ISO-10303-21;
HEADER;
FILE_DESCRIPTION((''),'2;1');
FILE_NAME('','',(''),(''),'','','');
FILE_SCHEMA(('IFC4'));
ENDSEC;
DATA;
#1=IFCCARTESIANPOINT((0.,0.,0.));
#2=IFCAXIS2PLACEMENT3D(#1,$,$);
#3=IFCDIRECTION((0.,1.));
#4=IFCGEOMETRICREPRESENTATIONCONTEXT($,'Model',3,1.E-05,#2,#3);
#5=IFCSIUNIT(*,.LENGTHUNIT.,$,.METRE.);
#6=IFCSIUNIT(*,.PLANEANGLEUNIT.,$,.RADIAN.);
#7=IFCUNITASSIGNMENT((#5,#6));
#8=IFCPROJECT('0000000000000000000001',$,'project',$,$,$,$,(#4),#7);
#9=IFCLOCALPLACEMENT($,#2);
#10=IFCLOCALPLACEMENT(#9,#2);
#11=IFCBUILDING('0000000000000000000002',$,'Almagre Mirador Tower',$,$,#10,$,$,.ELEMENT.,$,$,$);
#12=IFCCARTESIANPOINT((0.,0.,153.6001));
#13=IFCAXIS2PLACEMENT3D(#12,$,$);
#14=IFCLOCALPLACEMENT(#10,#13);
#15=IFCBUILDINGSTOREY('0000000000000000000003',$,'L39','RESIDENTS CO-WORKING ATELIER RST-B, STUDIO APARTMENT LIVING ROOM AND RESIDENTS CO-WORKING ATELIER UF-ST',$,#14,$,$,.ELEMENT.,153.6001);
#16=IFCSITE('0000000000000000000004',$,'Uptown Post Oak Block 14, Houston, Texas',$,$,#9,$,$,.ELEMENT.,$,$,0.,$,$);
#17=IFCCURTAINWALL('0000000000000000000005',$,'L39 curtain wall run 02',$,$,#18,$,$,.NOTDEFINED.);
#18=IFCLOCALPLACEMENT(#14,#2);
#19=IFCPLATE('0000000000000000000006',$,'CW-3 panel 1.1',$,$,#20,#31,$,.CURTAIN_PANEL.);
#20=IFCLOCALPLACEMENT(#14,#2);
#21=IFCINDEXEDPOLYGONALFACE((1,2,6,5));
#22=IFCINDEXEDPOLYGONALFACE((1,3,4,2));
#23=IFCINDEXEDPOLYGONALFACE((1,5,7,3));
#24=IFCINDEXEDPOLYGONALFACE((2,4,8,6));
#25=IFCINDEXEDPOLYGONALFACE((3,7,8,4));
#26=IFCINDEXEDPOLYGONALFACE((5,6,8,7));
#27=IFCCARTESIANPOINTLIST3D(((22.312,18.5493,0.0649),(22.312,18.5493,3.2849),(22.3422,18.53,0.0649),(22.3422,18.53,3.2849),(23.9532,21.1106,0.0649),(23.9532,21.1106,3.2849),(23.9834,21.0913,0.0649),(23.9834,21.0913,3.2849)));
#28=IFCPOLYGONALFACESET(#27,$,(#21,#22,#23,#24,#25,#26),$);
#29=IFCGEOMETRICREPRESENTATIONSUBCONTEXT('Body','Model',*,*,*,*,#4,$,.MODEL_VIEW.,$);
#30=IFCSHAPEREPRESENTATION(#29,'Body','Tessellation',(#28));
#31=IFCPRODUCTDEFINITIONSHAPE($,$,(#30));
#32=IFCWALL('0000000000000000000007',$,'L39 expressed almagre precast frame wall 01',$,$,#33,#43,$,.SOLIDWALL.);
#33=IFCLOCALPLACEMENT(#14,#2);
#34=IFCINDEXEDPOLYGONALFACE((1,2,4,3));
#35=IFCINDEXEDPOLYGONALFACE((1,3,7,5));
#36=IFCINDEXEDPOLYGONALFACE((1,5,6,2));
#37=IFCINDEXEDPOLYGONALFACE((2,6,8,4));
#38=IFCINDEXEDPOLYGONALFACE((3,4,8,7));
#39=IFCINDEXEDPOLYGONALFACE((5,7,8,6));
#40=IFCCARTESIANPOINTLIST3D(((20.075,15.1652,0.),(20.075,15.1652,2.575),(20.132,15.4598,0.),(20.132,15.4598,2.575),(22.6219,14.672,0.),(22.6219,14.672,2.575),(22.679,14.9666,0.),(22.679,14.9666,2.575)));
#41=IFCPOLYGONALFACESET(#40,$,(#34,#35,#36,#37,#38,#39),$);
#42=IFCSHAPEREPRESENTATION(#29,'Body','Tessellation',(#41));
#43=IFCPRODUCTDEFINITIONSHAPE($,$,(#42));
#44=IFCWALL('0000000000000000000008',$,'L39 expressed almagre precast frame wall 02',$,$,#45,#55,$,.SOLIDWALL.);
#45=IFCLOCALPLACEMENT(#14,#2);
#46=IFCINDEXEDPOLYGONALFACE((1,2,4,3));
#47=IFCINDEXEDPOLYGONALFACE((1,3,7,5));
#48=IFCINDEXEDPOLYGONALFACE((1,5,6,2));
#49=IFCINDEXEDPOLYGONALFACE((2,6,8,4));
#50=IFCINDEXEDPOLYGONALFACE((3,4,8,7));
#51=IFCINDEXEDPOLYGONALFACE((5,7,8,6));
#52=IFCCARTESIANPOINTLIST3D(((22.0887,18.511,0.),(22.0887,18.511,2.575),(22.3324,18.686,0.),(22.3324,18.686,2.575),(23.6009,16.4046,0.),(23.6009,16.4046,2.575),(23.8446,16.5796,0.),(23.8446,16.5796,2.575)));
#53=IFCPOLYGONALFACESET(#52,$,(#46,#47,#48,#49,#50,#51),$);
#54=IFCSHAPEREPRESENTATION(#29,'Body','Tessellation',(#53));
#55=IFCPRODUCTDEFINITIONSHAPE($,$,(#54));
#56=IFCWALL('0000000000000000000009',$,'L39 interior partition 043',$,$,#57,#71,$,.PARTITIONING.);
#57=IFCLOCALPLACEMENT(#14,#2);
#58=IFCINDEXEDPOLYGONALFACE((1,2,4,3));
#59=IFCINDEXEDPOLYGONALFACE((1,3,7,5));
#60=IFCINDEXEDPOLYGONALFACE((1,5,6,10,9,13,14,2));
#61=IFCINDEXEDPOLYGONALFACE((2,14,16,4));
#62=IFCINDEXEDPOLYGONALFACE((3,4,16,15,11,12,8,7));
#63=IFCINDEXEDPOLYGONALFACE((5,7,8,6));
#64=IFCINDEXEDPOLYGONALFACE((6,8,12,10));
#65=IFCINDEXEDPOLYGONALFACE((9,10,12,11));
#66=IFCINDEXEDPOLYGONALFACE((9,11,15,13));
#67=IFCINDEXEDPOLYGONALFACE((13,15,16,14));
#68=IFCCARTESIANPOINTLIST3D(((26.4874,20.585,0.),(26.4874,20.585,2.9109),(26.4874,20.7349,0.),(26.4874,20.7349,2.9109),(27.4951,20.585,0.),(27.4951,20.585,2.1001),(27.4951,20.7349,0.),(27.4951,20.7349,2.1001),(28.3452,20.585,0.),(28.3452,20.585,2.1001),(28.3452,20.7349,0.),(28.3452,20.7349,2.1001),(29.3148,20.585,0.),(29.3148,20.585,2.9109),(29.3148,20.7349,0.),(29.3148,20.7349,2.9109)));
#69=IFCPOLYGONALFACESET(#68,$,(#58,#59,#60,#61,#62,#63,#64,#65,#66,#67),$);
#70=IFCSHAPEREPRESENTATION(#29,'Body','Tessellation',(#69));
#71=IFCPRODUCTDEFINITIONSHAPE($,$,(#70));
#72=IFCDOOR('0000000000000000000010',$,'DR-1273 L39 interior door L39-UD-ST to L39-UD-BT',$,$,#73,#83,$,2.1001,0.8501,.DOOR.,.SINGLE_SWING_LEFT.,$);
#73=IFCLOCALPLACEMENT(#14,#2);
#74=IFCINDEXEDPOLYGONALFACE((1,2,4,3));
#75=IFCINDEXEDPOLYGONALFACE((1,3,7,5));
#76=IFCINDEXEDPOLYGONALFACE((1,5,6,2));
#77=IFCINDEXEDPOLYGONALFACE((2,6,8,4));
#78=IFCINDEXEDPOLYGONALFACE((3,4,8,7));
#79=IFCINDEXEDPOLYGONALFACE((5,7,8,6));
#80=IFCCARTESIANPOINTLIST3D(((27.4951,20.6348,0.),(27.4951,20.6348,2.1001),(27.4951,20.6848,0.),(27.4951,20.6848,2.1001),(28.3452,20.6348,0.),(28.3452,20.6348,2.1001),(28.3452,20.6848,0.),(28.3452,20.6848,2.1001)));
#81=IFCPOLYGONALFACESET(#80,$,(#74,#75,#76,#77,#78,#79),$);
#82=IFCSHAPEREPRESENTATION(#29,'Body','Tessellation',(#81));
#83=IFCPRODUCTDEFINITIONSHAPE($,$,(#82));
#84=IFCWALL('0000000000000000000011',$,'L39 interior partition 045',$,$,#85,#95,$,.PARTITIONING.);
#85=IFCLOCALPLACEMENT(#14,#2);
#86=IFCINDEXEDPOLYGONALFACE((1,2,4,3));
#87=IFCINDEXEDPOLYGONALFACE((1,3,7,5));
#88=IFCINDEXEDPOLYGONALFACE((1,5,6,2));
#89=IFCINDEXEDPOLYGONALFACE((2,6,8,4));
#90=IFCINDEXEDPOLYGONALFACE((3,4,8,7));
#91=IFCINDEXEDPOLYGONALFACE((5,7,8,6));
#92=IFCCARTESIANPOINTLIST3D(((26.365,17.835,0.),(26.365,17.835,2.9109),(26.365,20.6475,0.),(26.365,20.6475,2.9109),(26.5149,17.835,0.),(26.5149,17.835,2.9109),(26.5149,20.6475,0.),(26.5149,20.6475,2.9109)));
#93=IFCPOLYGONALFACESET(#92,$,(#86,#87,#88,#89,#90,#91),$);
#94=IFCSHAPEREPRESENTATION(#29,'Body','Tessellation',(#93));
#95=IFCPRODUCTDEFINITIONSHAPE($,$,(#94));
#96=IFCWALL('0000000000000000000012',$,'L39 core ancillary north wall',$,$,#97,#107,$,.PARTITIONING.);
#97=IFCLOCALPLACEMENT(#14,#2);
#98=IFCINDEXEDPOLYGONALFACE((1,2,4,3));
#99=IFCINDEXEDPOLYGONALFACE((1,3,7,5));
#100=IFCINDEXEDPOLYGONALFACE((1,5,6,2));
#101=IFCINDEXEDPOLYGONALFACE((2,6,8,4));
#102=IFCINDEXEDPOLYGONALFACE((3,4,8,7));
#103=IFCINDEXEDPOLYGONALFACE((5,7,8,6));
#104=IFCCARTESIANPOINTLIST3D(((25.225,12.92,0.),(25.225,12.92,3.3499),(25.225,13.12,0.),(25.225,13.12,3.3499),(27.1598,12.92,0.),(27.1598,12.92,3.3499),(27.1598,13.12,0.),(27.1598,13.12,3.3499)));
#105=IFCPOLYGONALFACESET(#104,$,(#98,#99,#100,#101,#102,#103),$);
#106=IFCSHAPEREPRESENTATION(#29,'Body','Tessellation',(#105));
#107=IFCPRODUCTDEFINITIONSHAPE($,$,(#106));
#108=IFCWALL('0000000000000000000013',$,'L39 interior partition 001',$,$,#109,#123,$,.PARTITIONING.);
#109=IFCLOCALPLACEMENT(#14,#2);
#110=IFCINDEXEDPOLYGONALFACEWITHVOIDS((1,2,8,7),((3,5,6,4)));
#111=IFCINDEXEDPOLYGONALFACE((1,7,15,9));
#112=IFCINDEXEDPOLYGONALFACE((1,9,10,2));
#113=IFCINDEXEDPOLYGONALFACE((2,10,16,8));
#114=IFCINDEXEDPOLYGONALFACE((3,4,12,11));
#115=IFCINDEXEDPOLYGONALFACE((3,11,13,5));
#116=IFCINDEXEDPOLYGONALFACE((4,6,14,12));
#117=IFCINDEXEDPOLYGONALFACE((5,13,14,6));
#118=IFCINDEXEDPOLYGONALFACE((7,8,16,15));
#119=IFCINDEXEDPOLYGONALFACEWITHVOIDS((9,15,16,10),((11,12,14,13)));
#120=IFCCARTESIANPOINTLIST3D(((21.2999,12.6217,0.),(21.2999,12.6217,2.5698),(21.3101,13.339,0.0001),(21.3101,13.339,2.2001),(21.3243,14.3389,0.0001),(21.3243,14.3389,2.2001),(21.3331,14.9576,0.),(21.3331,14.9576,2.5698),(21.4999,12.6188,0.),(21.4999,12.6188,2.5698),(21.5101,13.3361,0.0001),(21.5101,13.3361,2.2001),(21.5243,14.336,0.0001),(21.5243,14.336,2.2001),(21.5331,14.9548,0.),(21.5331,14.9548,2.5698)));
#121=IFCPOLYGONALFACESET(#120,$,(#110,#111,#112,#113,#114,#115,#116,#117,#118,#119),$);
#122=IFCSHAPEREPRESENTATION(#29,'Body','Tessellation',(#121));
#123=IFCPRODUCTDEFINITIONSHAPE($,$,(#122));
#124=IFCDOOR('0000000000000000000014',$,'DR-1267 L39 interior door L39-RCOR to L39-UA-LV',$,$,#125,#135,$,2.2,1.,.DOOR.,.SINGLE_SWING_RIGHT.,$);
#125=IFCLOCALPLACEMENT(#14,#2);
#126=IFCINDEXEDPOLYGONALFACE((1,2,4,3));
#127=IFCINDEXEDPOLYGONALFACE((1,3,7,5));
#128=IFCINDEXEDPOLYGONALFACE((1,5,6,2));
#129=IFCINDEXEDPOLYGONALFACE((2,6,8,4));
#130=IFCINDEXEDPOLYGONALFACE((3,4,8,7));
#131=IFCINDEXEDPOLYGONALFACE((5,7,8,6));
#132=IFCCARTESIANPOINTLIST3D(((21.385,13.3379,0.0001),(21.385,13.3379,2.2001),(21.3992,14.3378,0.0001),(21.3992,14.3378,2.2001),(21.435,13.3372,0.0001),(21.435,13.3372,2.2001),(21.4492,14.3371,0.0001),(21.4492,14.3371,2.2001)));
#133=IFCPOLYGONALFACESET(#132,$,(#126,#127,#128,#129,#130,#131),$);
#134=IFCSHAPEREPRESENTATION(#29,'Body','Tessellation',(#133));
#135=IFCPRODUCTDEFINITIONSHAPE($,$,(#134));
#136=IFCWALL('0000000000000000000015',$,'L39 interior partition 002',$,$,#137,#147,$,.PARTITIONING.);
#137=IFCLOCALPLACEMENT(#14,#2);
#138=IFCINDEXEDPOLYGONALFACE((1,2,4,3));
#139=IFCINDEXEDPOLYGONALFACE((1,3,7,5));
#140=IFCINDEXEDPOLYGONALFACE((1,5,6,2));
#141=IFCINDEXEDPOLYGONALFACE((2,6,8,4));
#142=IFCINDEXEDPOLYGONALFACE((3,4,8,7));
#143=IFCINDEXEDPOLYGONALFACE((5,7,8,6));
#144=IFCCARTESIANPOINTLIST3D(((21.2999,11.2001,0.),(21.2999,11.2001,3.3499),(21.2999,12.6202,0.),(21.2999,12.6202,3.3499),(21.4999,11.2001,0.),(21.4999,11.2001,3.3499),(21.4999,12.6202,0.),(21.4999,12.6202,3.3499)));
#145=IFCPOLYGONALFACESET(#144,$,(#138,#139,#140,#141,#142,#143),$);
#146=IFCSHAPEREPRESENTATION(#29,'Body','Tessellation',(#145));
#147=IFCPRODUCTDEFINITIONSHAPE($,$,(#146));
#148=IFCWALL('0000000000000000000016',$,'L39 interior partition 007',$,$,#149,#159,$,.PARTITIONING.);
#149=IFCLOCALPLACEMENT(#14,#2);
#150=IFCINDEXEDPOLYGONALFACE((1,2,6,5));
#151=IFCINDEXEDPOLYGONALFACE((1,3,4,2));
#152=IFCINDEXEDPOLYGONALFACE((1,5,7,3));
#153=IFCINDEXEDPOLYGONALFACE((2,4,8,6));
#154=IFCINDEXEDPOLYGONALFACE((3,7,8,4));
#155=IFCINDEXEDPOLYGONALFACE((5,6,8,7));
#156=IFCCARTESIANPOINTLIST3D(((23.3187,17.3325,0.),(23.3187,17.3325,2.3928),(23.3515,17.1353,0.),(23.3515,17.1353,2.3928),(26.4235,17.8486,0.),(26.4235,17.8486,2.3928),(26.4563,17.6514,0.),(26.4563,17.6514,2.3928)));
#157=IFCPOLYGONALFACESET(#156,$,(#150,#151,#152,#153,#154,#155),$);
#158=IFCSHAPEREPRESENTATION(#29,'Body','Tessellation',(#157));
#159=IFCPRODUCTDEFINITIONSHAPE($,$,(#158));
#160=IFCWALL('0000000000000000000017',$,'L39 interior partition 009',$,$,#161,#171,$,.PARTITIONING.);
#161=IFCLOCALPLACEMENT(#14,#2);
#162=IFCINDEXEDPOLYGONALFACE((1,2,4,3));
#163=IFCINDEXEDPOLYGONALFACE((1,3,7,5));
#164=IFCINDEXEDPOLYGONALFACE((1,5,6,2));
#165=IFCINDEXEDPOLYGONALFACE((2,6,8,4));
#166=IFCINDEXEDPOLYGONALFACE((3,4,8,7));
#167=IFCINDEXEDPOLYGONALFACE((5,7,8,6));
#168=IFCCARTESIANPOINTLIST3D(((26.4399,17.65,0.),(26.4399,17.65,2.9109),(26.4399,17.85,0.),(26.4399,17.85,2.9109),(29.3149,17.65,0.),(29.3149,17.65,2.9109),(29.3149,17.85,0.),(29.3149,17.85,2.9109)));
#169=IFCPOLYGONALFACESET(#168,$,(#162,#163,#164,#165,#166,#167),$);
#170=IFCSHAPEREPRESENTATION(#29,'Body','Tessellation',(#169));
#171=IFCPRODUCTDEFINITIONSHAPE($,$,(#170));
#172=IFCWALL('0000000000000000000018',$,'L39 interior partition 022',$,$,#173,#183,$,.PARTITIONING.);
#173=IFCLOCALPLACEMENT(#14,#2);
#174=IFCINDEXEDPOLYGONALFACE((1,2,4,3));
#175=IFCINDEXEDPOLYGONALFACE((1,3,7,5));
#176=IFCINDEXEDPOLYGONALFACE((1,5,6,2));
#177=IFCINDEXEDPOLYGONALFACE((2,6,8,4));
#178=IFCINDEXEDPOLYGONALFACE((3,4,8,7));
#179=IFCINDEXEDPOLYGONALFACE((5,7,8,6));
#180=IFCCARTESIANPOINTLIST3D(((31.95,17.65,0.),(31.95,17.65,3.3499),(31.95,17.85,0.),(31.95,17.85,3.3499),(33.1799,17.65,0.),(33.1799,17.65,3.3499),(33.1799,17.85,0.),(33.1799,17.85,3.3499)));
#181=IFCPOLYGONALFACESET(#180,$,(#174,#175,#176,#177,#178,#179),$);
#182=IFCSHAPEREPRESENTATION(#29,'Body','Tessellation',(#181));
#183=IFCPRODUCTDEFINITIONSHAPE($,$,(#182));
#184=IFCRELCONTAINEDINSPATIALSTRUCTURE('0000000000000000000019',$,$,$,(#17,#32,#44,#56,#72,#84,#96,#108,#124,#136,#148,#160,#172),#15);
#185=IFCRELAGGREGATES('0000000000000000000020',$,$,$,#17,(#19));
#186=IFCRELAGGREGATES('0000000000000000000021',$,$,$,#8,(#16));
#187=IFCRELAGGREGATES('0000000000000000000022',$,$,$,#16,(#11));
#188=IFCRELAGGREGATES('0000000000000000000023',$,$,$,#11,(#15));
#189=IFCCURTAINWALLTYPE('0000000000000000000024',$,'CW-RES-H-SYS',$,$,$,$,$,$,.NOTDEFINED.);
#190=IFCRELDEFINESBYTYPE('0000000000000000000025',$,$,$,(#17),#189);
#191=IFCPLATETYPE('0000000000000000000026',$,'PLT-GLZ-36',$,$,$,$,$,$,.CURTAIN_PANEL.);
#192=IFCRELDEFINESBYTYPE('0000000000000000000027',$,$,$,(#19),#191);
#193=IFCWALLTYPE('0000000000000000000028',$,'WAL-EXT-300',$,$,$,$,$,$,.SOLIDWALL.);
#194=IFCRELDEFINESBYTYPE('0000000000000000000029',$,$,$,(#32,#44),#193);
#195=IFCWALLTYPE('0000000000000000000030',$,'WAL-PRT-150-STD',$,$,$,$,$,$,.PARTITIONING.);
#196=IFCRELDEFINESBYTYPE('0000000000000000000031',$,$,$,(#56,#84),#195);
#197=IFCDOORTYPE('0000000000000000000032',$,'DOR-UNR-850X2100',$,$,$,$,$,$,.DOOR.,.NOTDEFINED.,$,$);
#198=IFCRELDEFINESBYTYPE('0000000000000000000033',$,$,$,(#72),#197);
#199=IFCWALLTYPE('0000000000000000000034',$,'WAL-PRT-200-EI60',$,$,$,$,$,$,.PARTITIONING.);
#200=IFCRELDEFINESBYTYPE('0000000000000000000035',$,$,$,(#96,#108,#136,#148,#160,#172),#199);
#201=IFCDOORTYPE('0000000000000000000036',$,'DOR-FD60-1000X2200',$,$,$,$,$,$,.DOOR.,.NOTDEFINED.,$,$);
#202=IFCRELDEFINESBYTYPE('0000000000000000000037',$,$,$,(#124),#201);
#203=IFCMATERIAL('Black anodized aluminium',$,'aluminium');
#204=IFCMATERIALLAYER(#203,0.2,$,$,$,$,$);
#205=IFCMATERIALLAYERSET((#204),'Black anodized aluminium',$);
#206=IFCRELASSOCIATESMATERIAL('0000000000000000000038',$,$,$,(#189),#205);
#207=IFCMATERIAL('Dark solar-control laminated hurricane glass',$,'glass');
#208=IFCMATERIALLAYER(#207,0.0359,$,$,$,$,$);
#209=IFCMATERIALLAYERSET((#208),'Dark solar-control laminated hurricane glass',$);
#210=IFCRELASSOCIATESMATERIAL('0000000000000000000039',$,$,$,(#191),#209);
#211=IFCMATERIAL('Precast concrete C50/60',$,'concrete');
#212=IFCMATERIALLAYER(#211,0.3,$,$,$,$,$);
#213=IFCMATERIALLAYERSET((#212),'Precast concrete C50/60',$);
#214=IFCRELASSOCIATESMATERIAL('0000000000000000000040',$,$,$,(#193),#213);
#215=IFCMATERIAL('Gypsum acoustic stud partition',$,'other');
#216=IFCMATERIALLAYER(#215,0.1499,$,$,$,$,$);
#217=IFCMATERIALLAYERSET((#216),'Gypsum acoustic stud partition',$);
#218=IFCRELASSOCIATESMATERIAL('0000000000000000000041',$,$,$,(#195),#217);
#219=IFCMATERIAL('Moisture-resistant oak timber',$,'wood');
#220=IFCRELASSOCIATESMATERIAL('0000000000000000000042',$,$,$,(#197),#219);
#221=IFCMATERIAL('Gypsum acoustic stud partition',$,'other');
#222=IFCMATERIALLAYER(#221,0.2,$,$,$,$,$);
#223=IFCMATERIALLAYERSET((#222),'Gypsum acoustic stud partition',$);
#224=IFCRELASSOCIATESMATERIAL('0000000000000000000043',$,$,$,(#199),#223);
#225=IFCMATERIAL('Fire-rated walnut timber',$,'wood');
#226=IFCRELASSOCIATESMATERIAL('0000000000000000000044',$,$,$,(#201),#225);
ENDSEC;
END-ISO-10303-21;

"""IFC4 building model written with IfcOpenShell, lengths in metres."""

from ifc_helpers import new_model, si_unit, direction, frame, frame_2d, origin, origin_2d, place, context, subcontext, project, spatial, rectangle, extrude, material, layer, layer_set, type_object, element, fill, aggregate, save


model = new_model("IFC4")

# Units and contexts
model_context = context("Model", 3, precision=1e-05, world=origin(), true_north=direction((0.0, 1.0)))
body_context = subcontext(model_context, "Body", "Model", "MODEL_VIEW")
ifc_project = project(units=[si_unit("LENGTHUNIT", "METRE"), si_unit("PLANEANGLEUNIT", "RADIAN")], contexts=[model_context])

# Site, building, storey
site_placement = place(None, origin())
site = spatial("IfcSite", under=ifc_project, at=site_placement, Name="Uptown Post Oak Block 14, Houston, Texas", CompositionType="ELEMENT", RefElevation=0.0)
building_placement = place(site_placement, origin())
building = spatial("IfcBuilding", under=site, at=building_placement, Name="Almagre Mirador Tower", CompositionType="ELEMENT")
storey_placement = place(building_placement, frame((0.0, 0.0, 153.6001)))
storey = spatial("IfcBuildingStorey", under=building, at=storey_placement, Name="L39", Description="RESIDENTS CO-WORKING ATELIER RST-B, STUDIO APARTMENT LIVING ROOM AND RESIDENTS CO-WORKING ATELIER UF-ST", CompositionType="ELEMENT", Elevation=153.6001)

# Curtain wall
ifc_material_1 = material(Name="Black anodized aluminium", Category="aluminium")
ifc_layer_1 = layer(ifc_material_1, 0.2)
ifc_layer_set_1 = layer_set([ifc_layer_1], Name="Black anodized aluminium")
curtain_wall_type_1 = type_object("IfcCurtainWallType", Name="CW-RES-H-SYS", PredefinedType="NOTDEFINED", material=ifc_layer_set_1)
curtain_wall_1_placement = place(storey_placement, origin())
curtain_wall_1 = element("IfcCurtainWall", 1, at=curtain_wall_1_placement, inside=storey, type_object=curtain_wall_type_1, Name="L39 curtain wall run 02", PredefinedType="NOTDEFINED")

# Plate
ifc_material_2 = material(Name="Dark solar-control laminated hurricane glass", Category="glass")
ifc_layer_2 = layer(ifc_material_2, 0.0359)
ifc_layer_set_2 = layer_set([ifc_layer_2], Name="Dark solar-control laminated hurricane glass")
plate_type_1 = type_object("IfcPlateType", Name="PLT-GLZ-36", PredefinedType="CURTAIN_PANEL", material=ifc_layer_set_2)
plate_1_placement = place(storey_placement, frame((23.1477, 19.8203, 0.0649), z_axis=(0.0, 0.0, 1.0), x_axis=(0.539507, 0.841981, 0.0)))
plate_1 = element("IfcPlate", 2, at=plate_1_placement, type_object=plate_type_1, Name="CW-3 panel 1.1", PredefinedType="CURTAIN_PANEL", context=body_context, shape_type="SweptSolid", body=[
    extrude(rectangle(XDim=3.042, YDim=0.0359, at=origin_2d()), origin(), (0.0, 0.0, 1.0), 3.22),
])
aggregate(curtain_wall_1, [plate_1])

# Walls
ifc_material_3 = material(Name="Precast concrete C50/60", Category="concrete")
ifc_layer_3 = layer(ifc_material_3, 0.3)
ifc_layer_set_3 = layer_set([ifc_layer_3], Name="Precast concrete C50/60")
wall_type_1 = type_object("IfcWallType", Name="WAL-EXT-300", PredefinedType="SOLIDWALL", material=ifc_layer_set_3)
wall_1_placement = place(storey_placement, frame((20.1035, 15.3125, 0.0), z_axis=(0.0, 0.0, 1.0), x_axis=(0.981764, -0.190104, 0.0)))
element("IfcWall", 3, at=wall_1_placement, inside=storey, type_object=wall_type_1, Name="L39 expressed almagre precast frame wall 01", PredefinedType="SOLIDWALL", context=body_context, shape_type="SweptSolid", body=[
    extrude(rectangle(XDim=2.5942, YDim=0.3, at=frame_2d((1.2971, 0.0))), origin(), (0.0, 0.0, 1.0), 2.575),
])
wall_2_placement = place(storey_placement, frame((23.7227, 16.4922, 0.0), z_axis=(0.0, 0.0, 1.0), x_axis=(-0.583178, 0.812344, 0.0)))
element("IfcWall", 4, at=wall_2_placement, inside=storey, type_object=wall_type_1, Name="L39 expressed almagre precast frame wall 02", PredefinedType="SOLIDWALL", context=body_context, shape_type="SweptSolid", body=[
    extrude(rectangle(XDim=2.593, YDim=0.3, at=frame_2d((1.2964, 0.0))), origin(), (0.0, 0.0, 1.0), 2.575),
])

# Wall, opening, door
ifc_material_4 = material(Name="Gypsum acoustic stud partition", Category="other")
ifc_layer_4 = layer(ifc_material_4, 0.1499)
ifc_layer_set_4 = layer_set([ifc_layer_4], Name="Gypsum acoustic stud partition")
wall_type_2 = type_object("IfcWallType", Name="WAL-PRT-150-STD", PredefinedType="PARTITIONING", material=ifc_layer_set_4)
wall_3_placement = place(storey_placement, frame((26.4875, 20.6599, 0.0), z_axis=(0.0, 0.0, 1.0), x_axis=(1.0, 0.0, 0.0)))
wall_3 = element("IfcWall", 5, at=wall_3_placement, inside=storey, type_object=wall_type_2, Name="L39 interior partition 043", PredefinedType="PARTITIONING", context=body_context, shape_type="SweptSolid", body=[
    extrude(rectangle(XDim=2.8274, YDim=0.1499, at=frame_2d((1.4136, 0.0))), origin(), (0.0, 0.0, 1.0), 2.9109),
])
opening_1_placement = place(wall_3_placement, frame((1.0076, 0.0, 0.0)))
opening_1 = element("IfcOpeningElement", 6, at=opening_1_placement, cuts=wall_3, PredefinedType="OPENING", context=body_context, shape_type="SweptSolid", body=[
    extrude(rectangle(XDim=0.8501, YDim=2.1001, at=frame_2d((0.425, 1.05))), frame((0.0, 0.085, 0.0), z_axis=(0.0, -1.0, 0.0), x_axis=(1.0, 0.0, 0.0)), (0.0, 0.0, 1.0), 0.1699),
])
ifc_material_5 = material(Name="Moisture-resistant oak timber", Category="wood")
door_type_1 = type_object("IfcDoorType", Name="DOR-UNR-850X2100", OperationType="NOTDEFINED", PredefinedType="DOOR", material=ifc_material_5)
door_1_placement = place(opening_1_placement, origin())
door_1 = element("IfcDoor", 7, at=door_1_placement, inside=storey, type_object=door_type_1, Name="DR-1273 L39 interior door L39-UD-ST to L39-UD-BT", OperationType="SINGLE_SWING_LEFT", OverallHeight=2.1001, OverallWidth=0.8501, PredefinedType="DOOR", context=body_context, shape_type="SweptSolid", body=[
    extrude(rectangle(XDim=0.8501, YDim=2.1001, at=frame_2d((0.425, 1.05))), frame((0.0, 0.0249, 0.0), z_axis=(0.0, -1.0, 0.0), x_axis=(1.0, 0.0, 0.0)), (0.0, 0.0, 1.0), 0.05),
])
fill(opening_1, door_1)

# Walls
wall_4_placement = place(storey_placement, frame((26.4399, 17.835, 0.0), z_axis=(0.0, 0.0, 1.0), x_axis=(0.0, 1.0, 0.0)))
element("IfcWall", 8, at=wall_4_placement, inside=storey, type_object=wall_type_2, Name="L39 interior partition 045", PredefinedType="PARTITIONING", context=body_context, shape_type="SweptSolid", body=[
    extrude(rectangle(XDim=2.8125, YDim=0.1499, at=frame_2d((1.4062, 0.0))), origin(), (0.0, 0.0, 1.0), 2.9109),
])
ifc_material_6 = material(Name="Gypsum acoustic stud partition", Category="other")
ifc_layer_5 = layer(ifc_material_6, 0.2)
ifc_layer_set_5 = layer_set([ifc_layer_5], Name="Gypsum acoustic stud partition")
wall_type_3 = type_object("IfcWallType", Name="WAL-PRT-200-EI60", PredefinedType="PARTITIONING", material=ifc_layer_set_5)
wall_5_placement = place(storey_placement, frame((25.2251, 13.02, 0.0), z_axis=(0.0, 0.0, 1.0), x_axis=(1.0, 0.0, 0.0)))
element("IfcWall", 9, at=wall_5_placement, inside=storey, type_object=wall_type_3, Name="L39 core ancillary north wall", PredefinedType="PARTITIONING", context=body_context, shape_type="SweptSolid", body=[
    extrude(rectangle(XDim=1.9348, YDim=0.2, at=frame_2d((0.9673, 0.0))), origin(), (0.0, 0.0, 1.0), 3.3499),
])

# Wall, opening, door
wall_6_placement = place(storey_placement, frame((21.4331, 14.9561, 0.0), z_axis=(0.0, 0.0, 1.0), x_axis=(-0.014213, -0.999899, 0.0)))
wall_6 = element("IfcWall", 10, at=wall_6_placement, inside=storey, type_object=wall_type_3, Name="L39 interior partition 001", PredefinedType="PARTITIONING", context=body_context, shape_type="SweptSolid", body=[
    extrude(rectangle(XDim=2.3362, YDim=0.2, at=frame_2d((1.168, 0.0))), origin(), (0.0, 0.0, 1.0), 2.5698),
])
opening_2_placement = place(wall_6_placement, frame((0.6187, 0.0, 0.0)))
opening_2 = element("IfcOpeningElement", 11, at=opening_2_placement, cuts=wall_6, PredefinedType="OPENING", context=body_context, shape_type="SweptSolid", body=[
    extrude(rectangle(XDim=1.0, YDim=2.2, at=frame_2d((0.5, 1.1001))), frame((0.0, 0.1101, 0.0), z_axis=(0.0, -1.0, 0.0), x_axis=(1.0, 0.0, 0.0)), (0.0, 0.0, 1.0), 0.22),
])
ifc_material_7 = material(Name="Fire-rated walnut timber", Category="wood")
door_type_2 = type_object("IfcDoorType", Name="DOR-FD60-1000X2200", OperationType="NOTDEFINED", PredefinedType="DOOR", material=ifc_material_7)
door_2_placement = place(opening_2_placement, origin())
door_2 = element("IfcDoor", 12, at=door_2_placement, inside=storey, type_object=door_type_2, Name="DR-1267 L39 interior door L39-RCOR to L39-UA-LV", OperationType="SINGLE_SWING_RIGHT", OverallHeight=2.2, OverallWidth=1.0, PredefinedType="DOOR", context=body_context, shape_type="SweptSolid", body=[
    extrude(rectangle(XDim=1.0, YDim=2.2, at=frame_2d((0.5, 1.1001))), frame((0.0, 0.0249, 0.0), z_axis=(0.0, -1.0, 0.0), x_axis=(1.0, 0.0, 0.0)), (0.0, 0.0, 1.0), 0.05),
])
fill(opening_2, door_2)

# Walls
wall_7_placement = place(storey_placement, frame((21.3999, 12.6201, 0.0), z_axis=(0.0, 0.0, 1.0), x_axis=(0.0, -1.0, 0.0)))
element("IfcWall", 13, at=wall_7_placement, inside=storey, type_object=wall_type_3, Name="L39 interior partition 002", PredefinedType="PARTITIONING", context=body_context, shape_type="SweptSolid", body=[
    extrude(rectangle(XDim=1.4202, YDim=0.2, at=frame_2d((0.71, 0.0))), origin(), (0.0, 0.0, 1.0), 3.3499),
])
wall_8_placement = place(storey_placement, frame((26.4399, 17.75, 0.0), z_axis=(0.0, 0.0, 1.0), x_axis=(-0.986465, -0.163971, 0.0)))
element("IfcWall", 14, at=wall_8_placement, inside=storey, type_object=wall_type_3, Name="L39 interior partition 007", PredefinedType="PARTITIONING", context=body_context, shape_type="SweptSolid", body=[
    extrude(rectangle(XDim=3.1475, YDim=0.2, at=frame_2d((1.5737, 0.0))), origin(), (0.0, 0.0, 1.0), 2.3928),
])
wall_9_placement = place(storey_placement, frame((29.3149, 17.75, 0.0), z_axis=(0.0, 0.0, 1.0), x_axis=(-1.0, 0.0, 0.0)))
element("IfcWall", 15, at=wall_9_placement, inside=storey, type_object=wall_type_3, Name="L39 interior partition 009", PredefinedType="PARTITIONING", context=body_context, shape_type="SweptSolid", body=[
    extrude(rectangle(XDim=2.875, YDim=0.2, at=frame_2d((1.4375, 0.0))), origin(), (0.0, 0.0, 1.0), 2.9109),
])
wall_10_placement = place(storey_placement, frame((33.1799, 17.75, 0.0), z_axis=(0.0, 0.0, 1.0), x_axis=(-1.0, 0.0, 0.0)))
element("IfcWall", 16, at=wall_10_placement, inside=storey, type_object=wall_type_3, Name="L39 interior partition 022", PredefinedType="PARTITIONING", context=body_context, shape_type="SweptSolid", body=[
    extrude(rectangle(XDim=1.23, YDim=0.2, at=frame_2d((0.615, 0.0))), origin(), (0.0, 0.0, 1.0), 3.3499),
])

save(model, "model.ifc")
